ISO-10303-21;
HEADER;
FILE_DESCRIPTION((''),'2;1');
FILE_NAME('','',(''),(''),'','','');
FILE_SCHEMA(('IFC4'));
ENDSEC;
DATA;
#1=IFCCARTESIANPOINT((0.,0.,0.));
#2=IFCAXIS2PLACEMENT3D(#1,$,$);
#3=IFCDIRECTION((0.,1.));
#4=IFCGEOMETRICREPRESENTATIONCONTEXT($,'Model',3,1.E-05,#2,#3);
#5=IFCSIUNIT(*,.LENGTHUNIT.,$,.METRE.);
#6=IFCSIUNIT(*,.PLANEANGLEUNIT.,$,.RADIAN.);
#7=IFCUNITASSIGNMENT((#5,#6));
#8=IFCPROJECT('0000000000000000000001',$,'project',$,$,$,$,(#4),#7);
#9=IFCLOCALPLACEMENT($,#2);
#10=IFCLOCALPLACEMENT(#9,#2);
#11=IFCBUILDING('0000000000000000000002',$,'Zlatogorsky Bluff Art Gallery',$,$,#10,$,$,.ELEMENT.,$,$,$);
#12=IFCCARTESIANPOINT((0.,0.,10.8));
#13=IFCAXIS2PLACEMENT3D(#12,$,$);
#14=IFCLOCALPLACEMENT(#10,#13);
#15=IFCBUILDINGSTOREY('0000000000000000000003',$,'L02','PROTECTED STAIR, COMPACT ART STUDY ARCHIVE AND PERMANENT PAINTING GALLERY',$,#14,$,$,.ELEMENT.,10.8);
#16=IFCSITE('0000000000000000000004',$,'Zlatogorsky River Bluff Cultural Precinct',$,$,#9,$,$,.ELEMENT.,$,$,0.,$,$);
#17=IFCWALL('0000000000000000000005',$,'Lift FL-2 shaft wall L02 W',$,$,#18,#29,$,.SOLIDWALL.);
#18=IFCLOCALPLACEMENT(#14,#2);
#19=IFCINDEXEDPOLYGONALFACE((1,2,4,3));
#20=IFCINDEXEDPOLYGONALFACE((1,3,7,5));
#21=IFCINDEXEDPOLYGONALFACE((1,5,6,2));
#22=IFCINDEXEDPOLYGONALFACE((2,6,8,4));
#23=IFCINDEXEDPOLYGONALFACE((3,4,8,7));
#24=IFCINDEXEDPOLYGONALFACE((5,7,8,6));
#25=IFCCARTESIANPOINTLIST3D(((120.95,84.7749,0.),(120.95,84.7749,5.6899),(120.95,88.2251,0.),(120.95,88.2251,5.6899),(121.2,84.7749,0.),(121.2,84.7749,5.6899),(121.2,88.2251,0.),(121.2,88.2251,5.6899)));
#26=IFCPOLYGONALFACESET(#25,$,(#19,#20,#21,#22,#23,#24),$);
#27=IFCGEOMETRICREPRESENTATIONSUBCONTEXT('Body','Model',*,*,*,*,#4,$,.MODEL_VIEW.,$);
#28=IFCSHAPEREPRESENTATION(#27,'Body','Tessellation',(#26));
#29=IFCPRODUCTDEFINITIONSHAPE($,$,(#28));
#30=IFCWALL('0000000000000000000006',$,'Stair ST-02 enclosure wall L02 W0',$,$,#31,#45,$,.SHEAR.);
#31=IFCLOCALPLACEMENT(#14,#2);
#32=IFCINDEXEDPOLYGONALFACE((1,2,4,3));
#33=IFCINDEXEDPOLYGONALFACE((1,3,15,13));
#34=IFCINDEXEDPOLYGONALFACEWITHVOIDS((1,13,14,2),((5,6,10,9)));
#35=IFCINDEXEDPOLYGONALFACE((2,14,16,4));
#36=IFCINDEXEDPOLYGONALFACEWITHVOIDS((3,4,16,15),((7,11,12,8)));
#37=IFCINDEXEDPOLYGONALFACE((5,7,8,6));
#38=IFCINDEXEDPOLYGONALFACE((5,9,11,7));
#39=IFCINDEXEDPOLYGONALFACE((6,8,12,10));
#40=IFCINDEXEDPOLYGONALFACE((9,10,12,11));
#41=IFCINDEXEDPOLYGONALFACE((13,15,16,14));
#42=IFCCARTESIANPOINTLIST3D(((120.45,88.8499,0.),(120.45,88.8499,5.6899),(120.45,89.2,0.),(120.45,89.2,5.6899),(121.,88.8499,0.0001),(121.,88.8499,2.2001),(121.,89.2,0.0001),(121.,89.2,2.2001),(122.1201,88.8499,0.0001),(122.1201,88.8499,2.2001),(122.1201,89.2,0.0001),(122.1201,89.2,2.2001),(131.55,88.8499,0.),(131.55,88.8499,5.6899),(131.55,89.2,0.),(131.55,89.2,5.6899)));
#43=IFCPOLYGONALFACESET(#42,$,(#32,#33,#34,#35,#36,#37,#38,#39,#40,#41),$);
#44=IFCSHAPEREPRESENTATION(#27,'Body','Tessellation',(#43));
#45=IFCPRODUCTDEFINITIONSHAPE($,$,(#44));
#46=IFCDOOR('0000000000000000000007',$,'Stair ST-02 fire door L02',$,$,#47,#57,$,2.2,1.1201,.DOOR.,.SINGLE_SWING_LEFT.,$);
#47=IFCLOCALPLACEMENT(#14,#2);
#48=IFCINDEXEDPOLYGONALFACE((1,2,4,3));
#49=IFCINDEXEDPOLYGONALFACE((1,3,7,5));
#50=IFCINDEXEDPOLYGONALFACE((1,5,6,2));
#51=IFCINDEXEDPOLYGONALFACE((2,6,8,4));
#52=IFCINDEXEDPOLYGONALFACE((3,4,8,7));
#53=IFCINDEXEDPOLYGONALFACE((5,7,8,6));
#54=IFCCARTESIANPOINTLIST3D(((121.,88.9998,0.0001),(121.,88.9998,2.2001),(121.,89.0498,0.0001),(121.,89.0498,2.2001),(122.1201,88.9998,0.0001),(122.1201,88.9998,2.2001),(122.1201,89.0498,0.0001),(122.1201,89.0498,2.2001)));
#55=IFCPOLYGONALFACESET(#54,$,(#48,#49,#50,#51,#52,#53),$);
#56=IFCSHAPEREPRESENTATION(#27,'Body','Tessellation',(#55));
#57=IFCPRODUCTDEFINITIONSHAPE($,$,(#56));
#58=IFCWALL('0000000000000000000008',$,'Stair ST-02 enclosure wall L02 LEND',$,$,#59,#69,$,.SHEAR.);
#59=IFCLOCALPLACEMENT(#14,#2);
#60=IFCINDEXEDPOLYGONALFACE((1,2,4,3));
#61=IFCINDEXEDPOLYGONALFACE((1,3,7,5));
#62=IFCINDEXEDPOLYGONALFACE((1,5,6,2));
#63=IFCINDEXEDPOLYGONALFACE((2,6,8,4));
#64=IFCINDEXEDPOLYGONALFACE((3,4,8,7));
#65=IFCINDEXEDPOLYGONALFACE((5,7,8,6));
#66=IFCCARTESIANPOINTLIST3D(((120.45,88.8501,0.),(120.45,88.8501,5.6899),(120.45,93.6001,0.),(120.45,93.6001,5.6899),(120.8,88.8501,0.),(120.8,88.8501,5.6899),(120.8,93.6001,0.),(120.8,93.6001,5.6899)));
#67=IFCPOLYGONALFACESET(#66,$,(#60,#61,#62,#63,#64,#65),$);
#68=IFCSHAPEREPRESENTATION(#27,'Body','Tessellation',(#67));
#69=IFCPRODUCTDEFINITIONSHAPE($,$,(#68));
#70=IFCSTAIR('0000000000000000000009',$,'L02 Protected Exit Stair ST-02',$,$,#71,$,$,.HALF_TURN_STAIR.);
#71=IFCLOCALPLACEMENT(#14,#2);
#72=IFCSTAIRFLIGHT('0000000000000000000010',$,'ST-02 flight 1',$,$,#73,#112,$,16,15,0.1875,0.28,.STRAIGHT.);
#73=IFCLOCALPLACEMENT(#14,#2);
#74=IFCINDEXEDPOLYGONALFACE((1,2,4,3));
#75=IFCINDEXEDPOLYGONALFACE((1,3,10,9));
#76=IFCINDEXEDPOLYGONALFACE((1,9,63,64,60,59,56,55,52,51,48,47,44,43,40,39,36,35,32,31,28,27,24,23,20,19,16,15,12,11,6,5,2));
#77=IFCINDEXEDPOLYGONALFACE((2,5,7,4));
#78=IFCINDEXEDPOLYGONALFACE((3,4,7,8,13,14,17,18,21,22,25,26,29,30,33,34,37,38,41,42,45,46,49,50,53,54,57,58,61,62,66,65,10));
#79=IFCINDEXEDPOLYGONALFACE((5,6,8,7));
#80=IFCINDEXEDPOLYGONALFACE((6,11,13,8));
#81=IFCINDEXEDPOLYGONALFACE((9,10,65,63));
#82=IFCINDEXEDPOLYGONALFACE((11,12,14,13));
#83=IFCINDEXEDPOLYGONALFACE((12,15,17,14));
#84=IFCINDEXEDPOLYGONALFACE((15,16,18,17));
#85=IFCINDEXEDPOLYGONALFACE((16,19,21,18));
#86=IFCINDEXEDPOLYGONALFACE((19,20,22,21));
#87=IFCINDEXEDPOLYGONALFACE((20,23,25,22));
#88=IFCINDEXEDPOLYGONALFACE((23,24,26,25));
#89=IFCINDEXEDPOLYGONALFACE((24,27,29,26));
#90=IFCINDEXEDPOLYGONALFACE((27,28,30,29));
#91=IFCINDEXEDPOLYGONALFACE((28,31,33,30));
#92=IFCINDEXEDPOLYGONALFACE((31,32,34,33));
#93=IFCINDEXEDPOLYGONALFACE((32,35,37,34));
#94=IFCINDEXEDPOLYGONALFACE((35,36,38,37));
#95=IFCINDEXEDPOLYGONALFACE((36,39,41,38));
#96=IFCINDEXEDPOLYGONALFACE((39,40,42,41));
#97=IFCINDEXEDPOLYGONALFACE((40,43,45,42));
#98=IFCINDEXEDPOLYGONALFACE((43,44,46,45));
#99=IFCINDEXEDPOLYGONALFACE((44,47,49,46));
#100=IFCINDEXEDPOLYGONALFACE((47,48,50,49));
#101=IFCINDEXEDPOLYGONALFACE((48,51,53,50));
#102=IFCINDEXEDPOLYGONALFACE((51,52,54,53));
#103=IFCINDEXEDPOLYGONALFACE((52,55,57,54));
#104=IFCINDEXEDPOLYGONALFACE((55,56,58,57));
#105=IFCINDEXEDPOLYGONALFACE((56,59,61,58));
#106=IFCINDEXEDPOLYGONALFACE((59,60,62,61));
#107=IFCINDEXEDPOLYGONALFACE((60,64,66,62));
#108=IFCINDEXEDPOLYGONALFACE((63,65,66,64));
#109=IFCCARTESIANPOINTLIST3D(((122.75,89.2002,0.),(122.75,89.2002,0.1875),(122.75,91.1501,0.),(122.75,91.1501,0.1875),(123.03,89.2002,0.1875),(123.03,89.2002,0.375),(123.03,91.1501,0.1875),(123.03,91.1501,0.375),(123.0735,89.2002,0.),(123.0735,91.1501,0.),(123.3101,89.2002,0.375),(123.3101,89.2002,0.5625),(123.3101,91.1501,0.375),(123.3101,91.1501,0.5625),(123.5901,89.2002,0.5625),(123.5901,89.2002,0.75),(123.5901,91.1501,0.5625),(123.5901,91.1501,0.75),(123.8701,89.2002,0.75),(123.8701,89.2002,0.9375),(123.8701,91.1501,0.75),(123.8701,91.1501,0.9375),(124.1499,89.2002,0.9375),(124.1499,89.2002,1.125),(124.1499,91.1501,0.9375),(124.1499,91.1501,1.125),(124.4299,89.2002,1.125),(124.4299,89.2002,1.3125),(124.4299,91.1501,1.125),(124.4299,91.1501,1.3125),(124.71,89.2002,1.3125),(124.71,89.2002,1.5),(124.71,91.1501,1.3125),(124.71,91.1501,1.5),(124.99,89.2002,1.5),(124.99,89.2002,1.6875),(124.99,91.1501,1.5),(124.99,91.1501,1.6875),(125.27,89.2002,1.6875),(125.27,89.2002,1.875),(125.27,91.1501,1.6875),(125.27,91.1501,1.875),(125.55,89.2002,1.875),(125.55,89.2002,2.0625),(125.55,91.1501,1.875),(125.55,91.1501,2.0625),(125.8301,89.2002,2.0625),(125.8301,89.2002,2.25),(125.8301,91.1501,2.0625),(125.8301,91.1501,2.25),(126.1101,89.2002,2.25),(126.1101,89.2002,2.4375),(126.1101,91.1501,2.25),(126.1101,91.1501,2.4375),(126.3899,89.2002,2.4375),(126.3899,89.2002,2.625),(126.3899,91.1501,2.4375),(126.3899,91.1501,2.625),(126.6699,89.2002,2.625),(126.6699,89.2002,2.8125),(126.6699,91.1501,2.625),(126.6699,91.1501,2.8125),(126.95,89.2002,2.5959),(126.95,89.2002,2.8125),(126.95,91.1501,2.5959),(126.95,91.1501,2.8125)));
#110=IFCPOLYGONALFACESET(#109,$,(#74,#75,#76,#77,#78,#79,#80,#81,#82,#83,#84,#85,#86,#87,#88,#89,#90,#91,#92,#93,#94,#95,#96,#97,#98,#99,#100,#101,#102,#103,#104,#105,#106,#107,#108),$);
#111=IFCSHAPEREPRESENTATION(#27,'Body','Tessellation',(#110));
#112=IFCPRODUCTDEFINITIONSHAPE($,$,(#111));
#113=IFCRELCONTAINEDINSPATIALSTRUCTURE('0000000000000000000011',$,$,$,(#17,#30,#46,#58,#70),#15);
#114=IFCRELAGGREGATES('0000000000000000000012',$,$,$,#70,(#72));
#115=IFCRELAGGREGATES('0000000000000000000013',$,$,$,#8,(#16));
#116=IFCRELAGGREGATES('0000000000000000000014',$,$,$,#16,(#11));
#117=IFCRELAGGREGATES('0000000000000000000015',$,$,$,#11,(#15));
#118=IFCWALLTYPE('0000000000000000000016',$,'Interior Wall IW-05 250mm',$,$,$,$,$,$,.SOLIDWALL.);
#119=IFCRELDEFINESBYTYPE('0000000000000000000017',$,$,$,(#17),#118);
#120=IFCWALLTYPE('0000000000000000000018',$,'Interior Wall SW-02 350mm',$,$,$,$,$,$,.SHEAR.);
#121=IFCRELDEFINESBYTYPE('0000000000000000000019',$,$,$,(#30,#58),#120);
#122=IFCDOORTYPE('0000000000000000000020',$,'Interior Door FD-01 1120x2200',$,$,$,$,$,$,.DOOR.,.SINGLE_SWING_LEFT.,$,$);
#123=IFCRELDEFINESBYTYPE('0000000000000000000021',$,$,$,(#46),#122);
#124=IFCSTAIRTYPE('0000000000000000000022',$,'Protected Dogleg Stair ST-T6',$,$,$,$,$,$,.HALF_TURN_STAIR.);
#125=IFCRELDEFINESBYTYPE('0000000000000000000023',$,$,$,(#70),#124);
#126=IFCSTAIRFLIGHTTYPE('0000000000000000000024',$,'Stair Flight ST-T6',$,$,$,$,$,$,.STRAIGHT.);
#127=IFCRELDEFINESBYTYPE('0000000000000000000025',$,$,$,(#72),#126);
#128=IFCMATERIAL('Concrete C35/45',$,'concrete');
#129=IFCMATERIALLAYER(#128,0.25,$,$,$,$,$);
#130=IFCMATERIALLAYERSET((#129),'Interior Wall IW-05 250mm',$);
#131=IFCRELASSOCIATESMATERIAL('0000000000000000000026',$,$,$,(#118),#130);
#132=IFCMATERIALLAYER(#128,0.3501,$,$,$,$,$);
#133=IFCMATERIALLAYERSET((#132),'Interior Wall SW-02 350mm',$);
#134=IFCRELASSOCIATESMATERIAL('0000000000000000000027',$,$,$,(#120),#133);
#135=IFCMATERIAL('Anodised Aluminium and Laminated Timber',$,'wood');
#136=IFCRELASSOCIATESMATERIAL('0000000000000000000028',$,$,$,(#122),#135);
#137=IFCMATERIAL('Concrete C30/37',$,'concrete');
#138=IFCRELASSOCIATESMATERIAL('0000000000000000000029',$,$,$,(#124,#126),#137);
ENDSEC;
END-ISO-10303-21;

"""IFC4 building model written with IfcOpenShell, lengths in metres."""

from ifc_helpers import new_model, si_unit, direction, frame, frame_2d, origin, place, context, subcontext, project, spatial, polyline, rectangle, outline, extrude, material, layer, layer_set, type_object, element, fill, aggregate, save


model = new_model("IFC4")

# Units and contexts
model_context = context("Model", 3, precision=1e-05, world=origin(), true_north=direction((0.0, 1.0)))
body_context = subcontext(model_context, "Body", "Model", "MODEL_VIEW")
ifc_project = project(units=[si_unit("LENGTHUNIT", "METRE"), si_unit("PLANEANGLEUNIT", "RADIAN")], contexts=[model_context])

# Site, building, storey
site_placement = place(None, origin())
site = spatial("IfcSite", under=ifc_project, at=site_placement, Name="Zlatogorsky River Bluff Cultural Precinct", CompositionType="ELEMENT", RefElevation=0.0)
building_placement = place(site_placement, origin())
building = spatial("IfcBuilding", under=site, at=building_placement, Name="Zlatogorsky Bluff Art Gallery", CompositionType="ELEMENT")
storey_placement = place(building_placement, frame((0.0, 0.0, 10.8)))
storey = spatial("IfcBuildingStorey", under=building, at=storey_placement, Name="L02", Description="PROTECTED STAIR, COMPACT ART STUDY ARCHIVE AND PERMANENT PAINTING GALLERY", CompositionType="ELEMENT", Elevation=10.8)

# Shared definitions
ifc_material_1 = material(Name="Concrete C30/37", Category="concrete")
ifc_material_2 = material(Name="Anodised Aluminium and Laminated Timber", Category="wood")

# Wall
ifc_material_3 = material(Name="Concrete C35/45", Category="concrete")
ifc_layer_1 = layer(ifc_material_3, 0.25)
ifc_layer_set_1 = layer_set([ifc_layer_1], Name="Interior Wall IW-05 250mm")
wall_type_1 = type_object("IfcWallType", Name="Interior Wall IW-05 250mm", PredefinedType="SOLIDWALL", material=ifc_layer_set_1)
wall_1_placement = place(storey_placement, frame((121.075, 88.2251, 0.0), z_axis=(0.0, 0.0, 1.0), x_axis=(0.0, -1.0, 0.0)))
element("IfcWall", 1, at=wall_1_placement, inside=storey, type_object=wall_type_1, Name="Lift FL-2 shaft wall L02 W", PredefinedType="SOLIDWALL", context=body_context, shape_type="SweptSolid", body=[
    extrude(rectangle(XDim=3.4502, YDim=0.25, at=frame_2d((1.7251, 0.0))), origin(), (0.0, 0.0, 1.0), 5.6899),
])

# Wall, opening, door
ifc_layer_2 = layer(ifc_material_3, 0.3501)
ifc_layer_set_2 = layer_set([ifc_layer_2], Name="Interior Wall SW-02 350mm")
wall_type_2 = type_object("IfcWallType", Name="Interior Wall SW-02 350mm", PredefinedType="SHEAR", material=ifc_layer_set_2)
wall_2_placement = place(storey_placement, frame((120.45, 89.0249, 0.0), z_axis=(0.0, 0.0, 1.0), x_axis=(1.0, 0.0, 0.0)))
wall_2 = element("IfcWall", 2, at=wall_2_placement, inside=storey, type_object=wall_type_2, Name="Stair ST-02 enclosure wall L02 W0", PredefinedType="SHEAR", context=body_context, shape_type="SweptSolid", body=[
    extrude(rectangle(XDim=11.1001, YDim=0.3501, at=frame_2d((5.55, 0.0))), origin(), (0.0, 0.0, 1.0), 5.6899),
])
opening_1_placement = place(wall_2_placement, frame((0.55, 0.0, 0.0)))
opening_1 = element("IfcOpeningElement", 3, at=opening_1_placement, cuts=wall_2, PredefinedType="OPENING", context=body_context, shape_type="SweptSolid", body=[
    extrude(rectangle(XDim=1.1201, YDim=2.2, at=frame_2d((0.5601, 1.1001))), frame((0.0, 0.1851, 0.0), z_axis=(0.0, -1.0, 0.0), x_axis=(1.0, 0.0, 0.0)), (0.0, 0.0, 1.0), 0.3701),
])
door_type_1 = type_object("IfcDoorType", Name="Interior Door FD-01 1120x2200", OperationType="SINGLE_SWING_LEFT", PredefinedType="DOOR", material=ifc_material_2)
door_1_placement = place(opening_1_placement, origin())
door_1 = element("IfcDoor", 4, at=door_1_placement, inside=storey, type_object=door_type_1, Name="Stair ST-02 fire door L02", OperationType="SINGLE_SWING_LEFT", OverallHeight=2.2, OverallWidth=1.1201, PredefinedType="DOOR", context=body_context, shape_type="SweptSolid", body=[
    extrude(rectangle(XDim=1.1201, YDim=2.2, at=frame_2d((0.5601, 1.1001))), frame((0.0, 0.0249, 0.0), z_axis=(0.0, -1.0, 0.0), x_axis=(1.0, 0.0, 0.0)), (0.0, 0.0, 1.0), 0.05),
])
fill(opening_1, door_1)

# Wall
wall_3_placement = place(storey_placement, frame((120.625, 93.6001, 0.0), z_axis=(0.0, 0.0, 1.0), x_axis=(0.0, -1.0, 0.0)))
element("IfcWall", 5, at=wall_3_placement, inside=storey, type_object=wall_type_2, Name="Stair ST-02 enclosure wall L02 LEND", PredefinedType="SHEAR", context=body_context, shape_type="SweptSolid", body=[
    extrude(rectangle(XDim=4.75, YDim=0.3501, at=frame_2d((2.375, 0.0))), origin(), (0.0, 0.0, 1.0), 5.6899),
])

# Stair, stair flight
stair_type = type_object("IfcStairType", Name="Protected Dogleg Stair ST-T6", PredefinedType="HALF_TURN_STAIR", material=ifc_material_1)
stair_placement = place(storey_placement, origin())
stair = element("IfcStair", 6, at=stair_placement, inside=storey, type_object=stair_type, Name="L02 Protected Exit Stair ST-02", PredefinedType="HALF_TURN_STAIR")
stair_flight_type = type_object("IfcStairFlightType", Name="Stair Flight ST-T6", PredefinedType="STRAIGHT", material=ifc_material_1)
stair_flight_placement = place(storey_placement, frame((122.75, 90.175, 0.0), z_axis=(0.0, 0.0, 1.0), x_axis=(1.0, 0.0, 0.0)))
stair_flight = element("IfcStairFlight", 7, at=stair_flight_placement, type_object=stair_flight_type, Name="ST-02 flight 1", NumberOfRisers=16, NumberOfTreads=15, PredefinedType="STRAIGHT", RiserHeight=0.1875, TreadLength=0.28, context=body_context, shape_type="SweptSolid", body=[
    extrude(outline(polyline([(0.0, 0.0), (0.0, 0.1875), (0.28, 0.1875), (0.28, 0.375), (0.5601, 0.375), (0.5601, 0.5625), (0.8401, 0.5625), (0.8401, 0.75), (1.1201, 0.75), (1.1201, 0.9375), (1.3999, 0.9375), (1.3999, 1.125), (1.6799, 1.125), (1.6799, 1.3125), (1.96, 1.3125), (1.96, 1.5), (2.24, 1.5), (2.24, 1.6875), (2.52, 1.6875), (2.52, 1.875), (2.8, 1.875), (2.8, 2.0625), (3.0801, 2.0625), (3.0801, 2.25), (3.3601, 2.25), (3.3601, 2.4375), (3.6399, 2.4375), (3.6399, 2.625), (3.9199, 2.625), (3.9199, 2.8125), (4.2, 2.8125), (4.2, 3.0), (4.2, 2.5959), (0.3235, 0.0), (0.0, 0.0)])), frame((0.0, 0.9751, 0.0), z_axis=(0.0, -1.0, 0.0), x_axis=(1.0, 0.0, 0.0)), (0.0, 0.0, 1.0), 1.95),
])
aggregate(stair, [stair_flight])

save(model, "model.ifc")
